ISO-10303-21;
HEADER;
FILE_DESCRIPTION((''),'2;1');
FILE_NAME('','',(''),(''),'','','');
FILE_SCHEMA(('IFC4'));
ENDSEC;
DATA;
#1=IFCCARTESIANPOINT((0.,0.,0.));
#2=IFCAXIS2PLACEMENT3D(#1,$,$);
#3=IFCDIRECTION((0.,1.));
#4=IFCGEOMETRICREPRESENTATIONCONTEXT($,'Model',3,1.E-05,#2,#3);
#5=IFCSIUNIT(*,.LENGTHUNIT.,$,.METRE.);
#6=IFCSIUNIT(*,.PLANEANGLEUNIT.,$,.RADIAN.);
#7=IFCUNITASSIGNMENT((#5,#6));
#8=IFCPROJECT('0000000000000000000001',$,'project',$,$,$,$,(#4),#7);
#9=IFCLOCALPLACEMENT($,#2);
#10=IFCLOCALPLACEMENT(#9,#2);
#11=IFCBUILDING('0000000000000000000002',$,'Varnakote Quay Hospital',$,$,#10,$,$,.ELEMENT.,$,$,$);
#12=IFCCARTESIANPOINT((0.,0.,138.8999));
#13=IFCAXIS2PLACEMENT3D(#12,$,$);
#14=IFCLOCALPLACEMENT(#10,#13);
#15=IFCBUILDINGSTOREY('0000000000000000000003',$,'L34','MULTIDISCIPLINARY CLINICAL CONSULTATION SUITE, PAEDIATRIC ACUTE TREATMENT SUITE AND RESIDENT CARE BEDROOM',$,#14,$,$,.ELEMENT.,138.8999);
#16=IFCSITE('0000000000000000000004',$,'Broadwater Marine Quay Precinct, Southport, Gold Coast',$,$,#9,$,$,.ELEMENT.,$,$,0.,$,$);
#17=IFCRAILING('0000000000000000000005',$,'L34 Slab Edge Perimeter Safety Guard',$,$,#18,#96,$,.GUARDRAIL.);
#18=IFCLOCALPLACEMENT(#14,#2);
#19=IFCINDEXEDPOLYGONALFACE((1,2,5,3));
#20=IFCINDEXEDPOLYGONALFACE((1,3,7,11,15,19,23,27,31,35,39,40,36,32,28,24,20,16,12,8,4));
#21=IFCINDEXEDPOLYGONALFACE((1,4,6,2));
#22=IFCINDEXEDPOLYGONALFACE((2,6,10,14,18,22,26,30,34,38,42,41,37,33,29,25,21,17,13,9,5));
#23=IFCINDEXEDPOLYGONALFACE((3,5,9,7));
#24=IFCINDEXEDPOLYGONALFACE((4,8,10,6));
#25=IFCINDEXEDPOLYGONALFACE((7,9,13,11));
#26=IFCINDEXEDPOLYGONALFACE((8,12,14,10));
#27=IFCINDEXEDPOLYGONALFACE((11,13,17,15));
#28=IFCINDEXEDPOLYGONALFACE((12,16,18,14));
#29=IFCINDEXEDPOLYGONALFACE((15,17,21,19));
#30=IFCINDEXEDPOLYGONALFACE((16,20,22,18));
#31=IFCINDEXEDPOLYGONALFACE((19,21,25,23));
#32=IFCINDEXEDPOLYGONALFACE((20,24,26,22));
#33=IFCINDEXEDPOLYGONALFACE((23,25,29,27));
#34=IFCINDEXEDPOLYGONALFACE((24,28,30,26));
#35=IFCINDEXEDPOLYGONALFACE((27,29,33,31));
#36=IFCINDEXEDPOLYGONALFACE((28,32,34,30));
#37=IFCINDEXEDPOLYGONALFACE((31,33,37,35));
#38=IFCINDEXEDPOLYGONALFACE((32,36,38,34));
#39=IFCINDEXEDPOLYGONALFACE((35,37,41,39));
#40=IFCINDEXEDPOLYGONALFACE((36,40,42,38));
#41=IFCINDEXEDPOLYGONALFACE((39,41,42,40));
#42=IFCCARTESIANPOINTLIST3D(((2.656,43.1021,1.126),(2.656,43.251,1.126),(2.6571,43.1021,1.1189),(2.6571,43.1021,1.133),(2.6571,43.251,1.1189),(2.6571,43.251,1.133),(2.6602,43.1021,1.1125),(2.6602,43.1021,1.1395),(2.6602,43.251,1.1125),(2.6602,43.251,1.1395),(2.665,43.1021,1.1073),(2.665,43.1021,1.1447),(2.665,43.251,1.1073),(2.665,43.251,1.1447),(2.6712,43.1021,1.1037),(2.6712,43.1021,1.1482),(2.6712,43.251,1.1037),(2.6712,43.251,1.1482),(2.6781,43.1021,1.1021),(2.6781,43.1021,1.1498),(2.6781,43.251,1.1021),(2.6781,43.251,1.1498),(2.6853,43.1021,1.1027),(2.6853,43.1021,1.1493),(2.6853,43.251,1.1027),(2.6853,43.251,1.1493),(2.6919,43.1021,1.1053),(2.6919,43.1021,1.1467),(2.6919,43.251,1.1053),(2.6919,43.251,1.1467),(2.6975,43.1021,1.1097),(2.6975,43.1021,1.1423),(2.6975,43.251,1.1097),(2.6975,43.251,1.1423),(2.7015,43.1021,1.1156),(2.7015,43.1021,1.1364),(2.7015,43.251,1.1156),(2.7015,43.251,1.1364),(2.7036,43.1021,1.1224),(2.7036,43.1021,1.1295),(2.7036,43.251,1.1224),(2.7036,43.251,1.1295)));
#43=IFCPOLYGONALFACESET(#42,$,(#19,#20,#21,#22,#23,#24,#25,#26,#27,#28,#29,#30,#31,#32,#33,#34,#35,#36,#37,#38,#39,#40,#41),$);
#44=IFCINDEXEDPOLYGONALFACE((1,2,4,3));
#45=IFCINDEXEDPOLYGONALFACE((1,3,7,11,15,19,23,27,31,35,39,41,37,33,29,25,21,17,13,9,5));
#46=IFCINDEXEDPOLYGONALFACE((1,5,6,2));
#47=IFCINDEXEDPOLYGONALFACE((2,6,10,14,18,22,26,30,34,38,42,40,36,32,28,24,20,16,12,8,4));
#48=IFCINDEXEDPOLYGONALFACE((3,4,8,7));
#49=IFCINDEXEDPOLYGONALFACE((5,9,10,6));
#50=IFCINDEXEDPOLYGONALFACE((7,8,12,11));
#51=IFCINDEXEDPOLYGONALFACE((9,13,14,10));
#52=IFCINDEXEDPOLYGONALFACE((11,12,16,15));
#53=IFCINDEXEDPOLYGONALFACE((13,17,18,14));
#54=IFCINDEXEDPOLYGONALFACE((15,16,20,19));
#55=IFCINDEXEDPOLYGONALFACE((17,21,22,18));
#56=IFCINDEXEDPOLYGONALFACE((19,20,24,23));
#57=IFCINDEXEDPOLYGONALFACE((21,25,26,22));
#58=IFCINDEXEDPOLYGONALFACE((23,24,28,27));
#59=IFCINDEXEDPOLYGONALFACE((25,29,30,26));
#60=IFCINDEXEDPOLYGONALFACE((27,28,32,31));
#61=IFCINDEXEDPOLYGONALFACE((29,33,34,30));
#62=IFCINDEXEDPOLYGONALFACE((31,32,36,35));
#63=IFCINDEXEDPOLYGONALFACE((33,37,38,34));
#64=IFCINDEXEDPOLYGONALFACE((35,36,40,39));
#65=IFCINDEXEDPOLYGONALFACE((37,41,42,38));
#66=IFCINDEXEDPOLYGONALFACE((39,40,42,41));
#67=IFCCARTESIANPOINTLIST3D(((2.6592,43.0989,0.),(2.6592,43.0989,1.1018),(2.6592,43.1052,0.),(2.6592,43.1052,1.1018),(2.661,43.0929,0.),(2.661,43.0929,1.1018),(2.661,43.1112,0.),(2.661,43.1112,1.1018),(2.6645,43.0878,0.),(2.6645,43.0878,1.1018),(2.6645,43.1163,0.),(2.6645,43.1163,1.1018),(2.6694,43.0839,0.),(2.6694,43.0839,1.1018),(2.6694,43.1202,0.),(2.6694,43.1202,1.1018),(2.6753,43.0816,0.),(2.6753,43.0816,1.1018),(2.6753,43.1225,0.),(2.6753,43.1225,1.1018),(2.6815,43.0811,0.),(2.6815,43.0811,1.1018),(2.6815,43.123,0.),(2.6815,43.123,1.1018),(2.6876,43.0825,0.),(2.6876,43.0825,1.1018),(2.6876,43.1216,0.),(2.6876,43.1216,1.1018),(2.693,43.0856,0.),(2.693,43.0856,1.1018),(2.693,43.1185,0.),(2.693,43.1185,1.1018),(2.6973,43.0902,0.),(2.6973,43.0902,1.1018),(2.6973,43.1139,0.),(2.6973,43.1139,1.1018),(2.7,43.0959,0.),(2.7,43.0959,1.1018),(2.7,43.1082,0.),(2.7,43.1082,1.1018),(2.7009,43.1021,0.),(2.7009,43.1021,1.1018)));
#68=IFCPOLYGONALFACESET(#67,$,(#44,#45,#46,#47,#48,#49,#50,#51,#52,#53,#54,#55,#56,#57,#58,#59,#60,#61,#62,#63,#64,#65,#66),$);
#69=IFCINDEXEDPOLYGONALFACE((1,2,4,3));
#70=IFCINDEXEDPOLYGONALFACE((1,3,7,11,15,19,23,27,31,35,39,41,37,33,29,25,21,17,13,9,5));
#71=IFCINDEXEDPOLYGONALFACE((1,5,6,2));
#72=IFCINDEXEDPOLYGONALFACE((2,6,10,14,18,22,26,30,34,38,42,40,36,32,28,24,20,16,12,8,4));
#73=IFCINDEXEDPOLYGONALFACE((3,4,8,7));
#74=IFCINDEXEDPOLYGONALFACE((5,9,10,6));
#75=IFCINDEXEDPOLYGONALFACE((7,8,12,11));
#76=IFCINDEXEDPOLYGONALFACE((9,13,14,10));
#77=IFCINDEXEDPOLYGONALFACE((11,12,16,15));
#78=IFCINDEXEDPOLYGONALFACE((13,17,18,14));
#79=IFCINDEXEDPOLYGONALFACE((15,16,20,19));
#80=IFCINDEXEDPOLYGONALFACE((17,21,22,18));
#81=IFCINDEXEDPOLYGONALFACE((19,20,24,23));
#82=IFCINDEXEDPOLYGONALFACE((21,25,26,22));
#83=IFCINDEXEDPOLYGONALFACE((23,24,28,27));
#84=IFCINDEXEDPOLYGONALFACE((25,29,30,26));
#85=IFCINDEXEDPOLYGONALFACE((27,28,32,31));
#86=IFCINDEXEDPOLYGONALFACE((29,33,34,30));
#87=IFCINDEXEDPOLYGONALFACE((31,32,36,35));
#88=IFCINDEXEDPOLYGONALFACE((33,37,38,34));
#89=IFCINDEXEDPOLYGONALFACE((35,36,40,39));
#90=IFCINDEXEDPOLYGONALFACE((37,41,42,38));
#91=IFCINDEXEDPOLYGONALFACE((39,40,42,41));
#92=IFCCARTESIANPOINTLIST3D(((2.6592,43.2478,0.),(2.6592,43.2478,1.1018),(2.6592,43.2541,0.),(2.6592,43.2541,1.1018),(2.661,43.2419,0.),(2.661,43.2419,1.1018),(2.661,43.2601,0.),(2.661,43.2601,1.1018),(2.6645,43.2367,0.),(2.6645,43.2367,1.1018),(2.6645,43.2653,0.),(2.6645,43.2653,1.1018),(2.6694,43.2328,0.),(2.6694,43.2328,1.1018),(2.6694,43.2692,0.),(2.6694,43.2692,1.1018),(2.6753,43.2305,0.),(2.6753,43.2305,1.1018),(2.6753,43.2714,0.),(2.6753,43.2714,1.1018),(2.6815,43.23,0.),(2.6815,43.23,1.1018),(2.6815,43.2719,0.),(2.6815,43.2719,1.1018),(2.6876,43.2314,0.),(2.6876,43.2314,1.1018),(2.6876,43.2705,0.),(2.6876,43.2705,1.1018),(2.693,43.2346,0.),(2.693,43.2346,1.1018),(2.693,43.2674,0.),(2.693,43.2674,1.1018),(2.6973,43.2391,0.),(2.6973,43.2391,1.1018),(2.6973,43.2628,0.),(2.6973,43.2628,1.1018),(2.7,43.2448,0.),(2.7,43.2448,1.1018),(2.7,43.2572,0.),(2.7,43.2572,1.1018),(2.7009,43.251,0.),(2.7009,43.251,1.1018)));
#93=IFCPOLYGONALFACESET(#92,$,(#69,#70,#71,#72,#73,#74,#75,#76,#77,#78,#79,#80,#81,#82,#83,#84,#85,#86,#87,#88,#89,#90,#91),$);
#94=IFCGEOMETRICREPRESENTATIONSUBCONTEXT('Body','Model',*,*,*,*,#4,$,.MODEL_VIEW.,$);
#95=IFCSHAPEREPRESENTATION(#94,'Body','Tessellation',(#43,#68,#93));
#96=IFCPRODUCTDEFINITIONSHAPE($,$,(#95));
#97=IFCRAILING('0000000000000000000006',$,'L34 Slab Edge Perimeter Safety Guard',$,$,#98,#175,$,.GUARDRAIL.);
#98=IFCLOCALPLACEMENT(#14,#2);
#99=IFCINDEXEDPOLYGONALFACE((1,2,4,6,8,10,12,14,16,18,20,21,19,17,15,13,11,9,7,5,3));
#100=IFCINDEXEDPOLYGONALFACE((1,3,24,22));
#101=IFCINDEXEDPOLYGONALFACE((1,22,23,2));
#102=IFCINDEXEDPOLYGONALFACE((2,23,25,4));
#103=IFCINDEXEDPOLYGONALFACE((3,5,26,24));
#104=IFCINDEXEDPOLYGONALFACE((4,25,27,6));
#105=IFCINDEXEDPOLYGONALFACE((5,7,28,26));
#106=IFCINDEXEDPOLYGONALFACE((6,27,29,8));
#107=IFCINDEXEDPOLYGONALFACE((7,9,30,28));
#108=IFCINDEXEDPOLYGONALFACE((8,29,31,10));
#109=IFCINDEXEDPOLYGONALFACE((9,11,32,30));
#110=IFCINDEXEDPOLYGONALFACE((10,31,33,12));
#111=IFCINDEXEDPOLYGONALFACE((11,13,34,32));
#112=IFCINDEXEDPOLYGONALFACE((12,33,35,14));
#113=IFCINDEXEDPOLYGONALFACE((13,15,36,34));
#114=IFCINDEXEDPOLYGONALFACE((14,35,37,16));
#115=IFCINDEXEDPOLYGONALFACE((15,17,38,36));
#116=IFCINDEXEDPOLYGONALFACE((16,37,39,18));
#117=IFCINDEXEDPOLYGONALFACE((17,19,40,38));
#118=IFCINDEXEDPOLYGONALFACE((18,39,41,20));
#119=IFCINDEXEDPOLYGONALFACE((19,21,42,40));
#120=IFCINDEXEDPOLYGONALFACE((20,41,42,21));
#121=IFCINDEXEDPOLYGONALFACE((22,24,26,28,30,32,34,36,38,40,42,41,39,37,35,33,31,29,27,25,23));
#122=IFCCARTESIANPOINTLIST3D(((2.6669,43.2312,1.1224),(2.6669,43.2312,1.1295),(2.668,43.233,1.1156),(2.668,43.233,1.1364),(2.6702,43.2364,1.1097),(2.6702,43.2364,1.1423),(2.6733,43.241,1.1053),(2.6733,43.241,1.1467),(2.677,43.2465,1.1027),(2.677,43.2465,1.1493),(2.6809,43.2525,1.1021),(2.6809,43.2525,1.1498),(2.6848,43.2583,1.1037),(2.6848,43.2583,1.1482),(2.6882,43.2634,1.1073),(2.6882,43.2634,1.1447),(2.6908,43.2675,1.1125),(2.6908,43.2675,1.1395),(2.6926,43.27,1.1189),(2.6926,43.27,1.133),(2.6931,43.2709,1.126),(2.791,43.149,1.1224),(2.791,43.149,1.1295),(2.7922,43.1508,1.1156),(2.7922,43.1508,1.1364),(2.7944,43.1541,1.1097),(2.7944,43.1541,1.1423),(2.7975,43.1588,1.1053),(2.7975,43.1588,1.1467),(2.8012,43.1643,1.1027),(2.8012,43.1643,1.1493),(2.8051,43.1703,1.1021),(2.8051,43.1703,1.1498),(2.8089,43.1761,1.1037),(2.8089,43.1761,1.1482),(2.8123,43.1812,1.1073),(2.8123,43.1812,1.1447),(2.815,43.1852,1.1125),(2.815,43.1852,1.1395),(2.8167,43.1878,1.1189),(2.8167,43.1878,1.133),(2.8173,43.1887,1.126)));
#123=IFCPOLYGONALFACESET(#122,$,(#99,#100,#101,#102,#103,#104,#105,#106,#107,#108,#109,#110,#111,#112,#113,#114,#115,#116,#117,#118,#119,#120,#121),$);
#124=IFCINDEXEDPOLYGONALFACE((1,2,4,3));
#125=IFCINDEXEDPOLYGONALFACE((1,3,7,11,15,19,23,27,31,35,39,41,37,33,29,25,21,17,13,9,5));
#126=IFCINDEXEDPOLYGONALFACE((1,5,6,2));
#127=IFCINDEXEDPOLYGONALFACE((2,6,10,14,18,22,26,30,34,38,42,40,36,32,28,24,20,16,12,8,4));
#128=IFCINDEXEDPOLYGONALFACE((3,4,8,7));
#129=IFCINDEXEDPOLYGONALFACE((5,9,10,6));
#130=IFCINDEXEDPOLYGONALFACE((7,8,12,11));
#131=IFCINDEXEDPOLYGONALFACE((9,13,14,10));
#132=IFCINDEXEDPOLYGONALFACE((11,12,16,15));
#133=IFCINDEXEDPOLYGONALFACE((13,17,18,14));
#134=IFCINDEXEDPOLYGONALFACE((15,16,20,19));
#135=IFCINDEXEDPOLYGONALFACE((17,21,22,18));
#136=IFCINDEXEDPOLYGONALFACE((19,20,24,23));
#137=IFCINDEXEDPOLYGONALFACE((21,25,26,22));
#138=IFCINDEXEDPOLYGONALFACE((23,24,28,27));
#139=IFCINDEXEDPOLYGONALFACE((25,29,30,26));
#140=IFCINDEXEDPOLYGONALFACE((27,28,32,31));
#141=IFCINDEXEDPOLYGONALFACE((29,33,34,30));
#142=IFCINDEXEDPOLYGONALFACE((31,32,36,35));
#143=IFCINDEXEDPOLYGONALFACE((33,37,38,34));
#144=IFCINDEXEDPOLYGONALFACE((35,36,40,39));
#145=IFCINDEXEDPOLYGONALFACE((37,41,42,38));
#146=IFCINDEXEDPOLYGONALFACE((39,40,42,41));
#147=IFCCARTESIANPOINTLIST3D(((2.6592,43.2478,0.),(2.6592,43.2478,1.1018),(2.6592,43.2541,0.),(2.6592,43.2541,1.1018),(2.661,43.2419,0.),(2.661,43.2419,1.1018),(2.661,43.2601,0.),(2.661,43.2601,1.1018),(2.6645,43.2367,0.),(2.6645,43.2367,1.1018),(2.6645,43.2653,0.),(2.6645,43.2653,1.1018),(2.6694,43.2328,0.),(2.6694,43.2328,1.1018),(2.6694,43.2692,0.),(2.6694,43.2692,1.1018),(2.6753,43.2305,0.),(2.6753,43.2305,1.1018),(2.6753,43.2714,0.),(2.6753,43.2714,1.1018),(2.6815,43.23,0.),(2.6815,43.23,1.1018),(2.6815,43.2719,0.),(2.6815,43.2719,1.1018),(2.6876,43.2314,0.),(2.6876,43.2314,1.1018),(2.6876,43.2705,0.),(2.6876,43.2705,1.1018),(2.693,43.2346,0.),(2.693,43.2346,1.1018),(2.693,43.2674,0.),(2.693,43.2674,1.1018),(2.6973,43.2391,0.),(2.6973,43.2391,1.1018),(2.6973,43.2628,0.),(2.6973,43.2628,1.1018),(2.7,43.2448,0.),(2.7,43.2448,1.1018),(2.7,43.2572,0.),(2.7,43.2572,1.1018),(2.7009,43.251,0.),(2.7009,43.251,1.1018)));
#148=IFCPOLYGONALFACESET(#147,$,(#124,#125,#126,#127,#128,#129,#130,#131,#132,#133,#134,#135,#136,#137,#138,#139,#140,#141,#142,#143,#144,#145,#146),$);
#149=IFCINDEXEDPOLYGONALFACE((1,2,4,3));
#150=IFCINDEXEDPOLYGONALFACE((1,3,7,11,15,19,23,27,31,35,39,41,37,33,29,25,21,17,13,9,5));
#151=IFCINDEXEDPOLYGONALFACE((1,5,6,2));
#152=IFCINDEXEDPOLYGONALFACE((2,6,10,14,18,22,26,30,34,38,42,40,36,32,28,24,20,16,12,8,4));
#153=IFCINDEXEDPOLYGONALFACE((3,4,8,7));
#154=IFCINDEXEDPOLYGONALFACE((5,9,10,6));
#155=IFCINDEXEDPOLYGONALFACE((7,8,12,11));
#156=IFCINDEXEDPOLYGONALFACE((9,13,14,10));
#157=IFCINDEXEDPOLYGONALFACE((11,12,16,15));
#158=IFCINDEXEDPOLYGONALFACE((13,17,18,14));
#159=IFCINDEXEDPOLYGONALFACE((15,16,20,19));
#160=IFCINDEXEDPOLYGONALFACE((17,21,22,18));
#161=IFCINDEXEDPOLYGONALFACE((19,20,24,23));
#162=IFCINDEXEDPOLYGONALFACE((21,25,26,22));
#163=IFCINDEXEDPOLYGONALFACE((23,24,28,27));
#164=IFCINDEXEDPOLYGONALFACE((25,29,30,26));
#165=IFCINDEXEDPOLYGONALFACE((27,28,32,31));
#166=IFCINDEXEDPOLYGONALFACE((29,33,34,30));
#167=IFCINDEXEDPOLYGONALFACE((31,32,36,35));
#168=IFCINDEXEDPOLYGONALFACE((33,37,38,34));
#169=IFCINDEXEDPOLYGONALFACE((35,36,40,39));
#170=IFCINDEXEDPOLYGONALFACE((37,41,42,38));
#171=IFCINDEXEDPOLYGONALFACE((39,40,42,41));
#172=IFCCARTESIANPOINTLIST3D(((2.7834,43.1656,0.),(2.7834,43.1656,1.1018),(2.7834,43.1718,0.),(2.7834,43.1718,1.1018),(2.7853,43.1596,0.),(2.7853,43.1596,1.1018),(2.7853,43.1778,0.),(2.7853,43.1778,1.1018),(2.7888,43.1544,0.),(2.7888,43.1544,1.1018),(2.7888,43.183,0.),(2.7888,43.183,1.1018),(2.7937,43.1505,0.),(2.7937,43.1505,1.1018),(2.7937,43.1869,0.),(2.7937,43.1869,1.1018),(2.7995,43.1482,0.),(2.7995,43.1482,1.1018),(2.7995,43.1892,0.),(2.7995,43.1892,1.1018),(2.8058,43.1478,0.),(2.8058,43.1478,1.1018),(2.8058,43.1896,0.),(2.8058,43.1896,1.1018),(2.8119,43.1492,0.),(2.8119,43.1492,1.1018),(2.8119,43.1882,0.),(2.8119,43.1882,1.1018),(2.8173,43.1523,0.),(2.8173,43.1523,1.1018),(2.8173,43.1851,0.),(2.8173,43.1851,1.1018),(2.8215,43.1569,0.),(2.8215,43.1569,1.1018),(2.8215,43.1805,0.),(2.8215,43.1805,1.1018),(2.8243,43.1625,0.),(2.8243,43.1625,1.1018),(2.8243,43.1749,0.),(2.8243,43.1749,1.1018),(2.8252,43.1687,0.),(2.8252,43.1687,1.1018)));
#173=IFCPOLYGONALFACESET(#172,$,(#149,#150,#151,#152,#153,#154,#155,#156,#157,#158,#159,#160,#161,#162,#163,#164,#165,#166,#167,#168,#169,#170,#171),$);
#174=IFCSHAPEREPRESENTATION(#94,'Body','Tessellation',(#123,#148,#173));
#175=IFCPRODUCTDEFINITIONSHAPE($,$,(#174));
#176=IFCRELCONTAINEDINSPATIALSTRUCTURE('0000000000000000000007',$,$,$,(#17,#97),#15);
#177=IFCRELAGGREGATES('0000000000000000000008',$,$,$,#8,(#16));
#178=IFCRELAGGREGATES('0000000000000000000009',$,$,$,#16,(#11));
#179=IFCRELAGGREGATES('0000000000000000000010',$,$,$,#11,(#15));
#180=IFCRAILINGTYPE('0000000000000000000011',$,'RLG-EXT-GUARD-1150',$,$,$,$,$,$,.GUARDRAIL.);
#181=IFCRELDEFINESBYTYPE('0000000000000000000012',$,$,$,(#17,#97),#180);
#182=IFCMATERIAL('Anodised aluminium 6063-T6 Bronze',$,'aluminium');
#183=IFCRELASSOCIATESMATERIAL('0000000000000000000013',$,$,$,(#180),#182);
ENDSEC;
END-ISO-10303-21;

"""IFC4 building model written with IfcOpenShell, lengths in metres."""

from ifc_helpers import new_model, si_unit, direction, frame, origin, origin_2d, place, context, subcontext, project, spatial, circle, extrude, material, type_object, element, save


model = new_model("IFC4")

# Units and contexts
model_context = context("Model", 3, precision=1e-05, world=origin(), true_north=direction((0.0, 1.0)))
body_context = subcontext(model_context, "Body", "Model", "MODEL_VIEW")
ifc_project = project(units=[si_unit("LENGTHUNIT", "METRE"), si_unit("PLANEANGLEUNIT", "RADIAN")], contexts=[model_context])

# Site, building, storey
site_placement = place(None, origin())
site = spatial("IfcSite", under=ifc_project, at=site_placement, Name="Broadwater Marine Quay Precinct, Southport, Gold Coast", CompositionType="ELEMENT", RefElevation=0.0)
building_placement = place(site_placement, origin())
building = spatial("IfcBuilding", under=site, at=building_placement, Name="Varnakote Quay Hospital", CompositionType="ELEMENT")
storey_placement = place(building_placement, frame((0.0, 0.0, 138.8999)))
storey = spatial("IfcBuildingStorey", under=building, at=storey_placement, Name="L34", Description="MULTIDISCIPLINARY CLINICAL CONSULTATION SUITE, PAEDIATRIC ACUTE TREATMENT SUITE AND RESIDENT CARE BEDROOM", CompositionType="ELEMENT", Elevation=138.8999)

# Railings
ifc_material_1 = material(Name="Anodised aluminium 6063-T6 Bronze", Category="aluminium")
railing_type = type_object("IfcRailingType", Name="RLG-EXT-GUARD-1150", PredefinedType="GUARDRAIL", material=ifc_material_1)
railing_1_placement = place(storey_placement, frame((2.6799, 43.1021, 0.0)))
element("IfcRailing", 1, at=railing_1_placement, inside=storey, type_object=railing_type, Name="L34 Slab Edge Perimeter Safety Guard", PredefinedType="GUARDRAIL", context=body_context, shape_type="SweptSolid", body=[
    extrude(circle(Radius=0.0239, at=origin_2d()), frame((0.0, 0.0, 1.126), z_axis=(0.0, 1.0, 0.0), x_axis=(-1.0, 0.0, 0.0)), (0.0, 0.0, 1.0), 0.1489),
    extrude(circle(Radius=0.021, at=origin_2d()), origin(), (0.0, 0.0, 1.0), 1.1018),
    extrude(circle(Radius=0.021, at=origin_2d()), frame((0.0, 0.1489, 0.0)), (0.0, 0.0, 1.0), 1.1018),
])
railing_2_placement = place(storey_placement, frame((2.6799, 43.251, 0.0)))
element("IfcRailing", 2, at=railing_2_placement, inside=storey, type_object=railing_type, Name="L34 Slab Edge Perimeter Safety Guard", PredefinedType="GUARDRAIL", context=body_context, shape_type="SweptSolid", body=[
    extrude(circle(Radius=0.0239, at=origin_2d()), frame((0.0, 0.0, 1.126), z_axis=(0.83381, -0.552051, 0.0), x_axis=(0.552051, 0.83381, 0.0)), (0.0, 0.0, 1.0), 0.1489),
    extrude(circle(Radius=0.021, at=origin_2d()), origin(), (0.0, 0.0, 1.0), 1.1018),
    extrude(circle(Radius=0.021, at=origin_2d()), frame((0.1243, -0.0823, 0.0)), (0.0, 0.0, 1.0), 1.1018),
])

save(model, "model.ifc")
